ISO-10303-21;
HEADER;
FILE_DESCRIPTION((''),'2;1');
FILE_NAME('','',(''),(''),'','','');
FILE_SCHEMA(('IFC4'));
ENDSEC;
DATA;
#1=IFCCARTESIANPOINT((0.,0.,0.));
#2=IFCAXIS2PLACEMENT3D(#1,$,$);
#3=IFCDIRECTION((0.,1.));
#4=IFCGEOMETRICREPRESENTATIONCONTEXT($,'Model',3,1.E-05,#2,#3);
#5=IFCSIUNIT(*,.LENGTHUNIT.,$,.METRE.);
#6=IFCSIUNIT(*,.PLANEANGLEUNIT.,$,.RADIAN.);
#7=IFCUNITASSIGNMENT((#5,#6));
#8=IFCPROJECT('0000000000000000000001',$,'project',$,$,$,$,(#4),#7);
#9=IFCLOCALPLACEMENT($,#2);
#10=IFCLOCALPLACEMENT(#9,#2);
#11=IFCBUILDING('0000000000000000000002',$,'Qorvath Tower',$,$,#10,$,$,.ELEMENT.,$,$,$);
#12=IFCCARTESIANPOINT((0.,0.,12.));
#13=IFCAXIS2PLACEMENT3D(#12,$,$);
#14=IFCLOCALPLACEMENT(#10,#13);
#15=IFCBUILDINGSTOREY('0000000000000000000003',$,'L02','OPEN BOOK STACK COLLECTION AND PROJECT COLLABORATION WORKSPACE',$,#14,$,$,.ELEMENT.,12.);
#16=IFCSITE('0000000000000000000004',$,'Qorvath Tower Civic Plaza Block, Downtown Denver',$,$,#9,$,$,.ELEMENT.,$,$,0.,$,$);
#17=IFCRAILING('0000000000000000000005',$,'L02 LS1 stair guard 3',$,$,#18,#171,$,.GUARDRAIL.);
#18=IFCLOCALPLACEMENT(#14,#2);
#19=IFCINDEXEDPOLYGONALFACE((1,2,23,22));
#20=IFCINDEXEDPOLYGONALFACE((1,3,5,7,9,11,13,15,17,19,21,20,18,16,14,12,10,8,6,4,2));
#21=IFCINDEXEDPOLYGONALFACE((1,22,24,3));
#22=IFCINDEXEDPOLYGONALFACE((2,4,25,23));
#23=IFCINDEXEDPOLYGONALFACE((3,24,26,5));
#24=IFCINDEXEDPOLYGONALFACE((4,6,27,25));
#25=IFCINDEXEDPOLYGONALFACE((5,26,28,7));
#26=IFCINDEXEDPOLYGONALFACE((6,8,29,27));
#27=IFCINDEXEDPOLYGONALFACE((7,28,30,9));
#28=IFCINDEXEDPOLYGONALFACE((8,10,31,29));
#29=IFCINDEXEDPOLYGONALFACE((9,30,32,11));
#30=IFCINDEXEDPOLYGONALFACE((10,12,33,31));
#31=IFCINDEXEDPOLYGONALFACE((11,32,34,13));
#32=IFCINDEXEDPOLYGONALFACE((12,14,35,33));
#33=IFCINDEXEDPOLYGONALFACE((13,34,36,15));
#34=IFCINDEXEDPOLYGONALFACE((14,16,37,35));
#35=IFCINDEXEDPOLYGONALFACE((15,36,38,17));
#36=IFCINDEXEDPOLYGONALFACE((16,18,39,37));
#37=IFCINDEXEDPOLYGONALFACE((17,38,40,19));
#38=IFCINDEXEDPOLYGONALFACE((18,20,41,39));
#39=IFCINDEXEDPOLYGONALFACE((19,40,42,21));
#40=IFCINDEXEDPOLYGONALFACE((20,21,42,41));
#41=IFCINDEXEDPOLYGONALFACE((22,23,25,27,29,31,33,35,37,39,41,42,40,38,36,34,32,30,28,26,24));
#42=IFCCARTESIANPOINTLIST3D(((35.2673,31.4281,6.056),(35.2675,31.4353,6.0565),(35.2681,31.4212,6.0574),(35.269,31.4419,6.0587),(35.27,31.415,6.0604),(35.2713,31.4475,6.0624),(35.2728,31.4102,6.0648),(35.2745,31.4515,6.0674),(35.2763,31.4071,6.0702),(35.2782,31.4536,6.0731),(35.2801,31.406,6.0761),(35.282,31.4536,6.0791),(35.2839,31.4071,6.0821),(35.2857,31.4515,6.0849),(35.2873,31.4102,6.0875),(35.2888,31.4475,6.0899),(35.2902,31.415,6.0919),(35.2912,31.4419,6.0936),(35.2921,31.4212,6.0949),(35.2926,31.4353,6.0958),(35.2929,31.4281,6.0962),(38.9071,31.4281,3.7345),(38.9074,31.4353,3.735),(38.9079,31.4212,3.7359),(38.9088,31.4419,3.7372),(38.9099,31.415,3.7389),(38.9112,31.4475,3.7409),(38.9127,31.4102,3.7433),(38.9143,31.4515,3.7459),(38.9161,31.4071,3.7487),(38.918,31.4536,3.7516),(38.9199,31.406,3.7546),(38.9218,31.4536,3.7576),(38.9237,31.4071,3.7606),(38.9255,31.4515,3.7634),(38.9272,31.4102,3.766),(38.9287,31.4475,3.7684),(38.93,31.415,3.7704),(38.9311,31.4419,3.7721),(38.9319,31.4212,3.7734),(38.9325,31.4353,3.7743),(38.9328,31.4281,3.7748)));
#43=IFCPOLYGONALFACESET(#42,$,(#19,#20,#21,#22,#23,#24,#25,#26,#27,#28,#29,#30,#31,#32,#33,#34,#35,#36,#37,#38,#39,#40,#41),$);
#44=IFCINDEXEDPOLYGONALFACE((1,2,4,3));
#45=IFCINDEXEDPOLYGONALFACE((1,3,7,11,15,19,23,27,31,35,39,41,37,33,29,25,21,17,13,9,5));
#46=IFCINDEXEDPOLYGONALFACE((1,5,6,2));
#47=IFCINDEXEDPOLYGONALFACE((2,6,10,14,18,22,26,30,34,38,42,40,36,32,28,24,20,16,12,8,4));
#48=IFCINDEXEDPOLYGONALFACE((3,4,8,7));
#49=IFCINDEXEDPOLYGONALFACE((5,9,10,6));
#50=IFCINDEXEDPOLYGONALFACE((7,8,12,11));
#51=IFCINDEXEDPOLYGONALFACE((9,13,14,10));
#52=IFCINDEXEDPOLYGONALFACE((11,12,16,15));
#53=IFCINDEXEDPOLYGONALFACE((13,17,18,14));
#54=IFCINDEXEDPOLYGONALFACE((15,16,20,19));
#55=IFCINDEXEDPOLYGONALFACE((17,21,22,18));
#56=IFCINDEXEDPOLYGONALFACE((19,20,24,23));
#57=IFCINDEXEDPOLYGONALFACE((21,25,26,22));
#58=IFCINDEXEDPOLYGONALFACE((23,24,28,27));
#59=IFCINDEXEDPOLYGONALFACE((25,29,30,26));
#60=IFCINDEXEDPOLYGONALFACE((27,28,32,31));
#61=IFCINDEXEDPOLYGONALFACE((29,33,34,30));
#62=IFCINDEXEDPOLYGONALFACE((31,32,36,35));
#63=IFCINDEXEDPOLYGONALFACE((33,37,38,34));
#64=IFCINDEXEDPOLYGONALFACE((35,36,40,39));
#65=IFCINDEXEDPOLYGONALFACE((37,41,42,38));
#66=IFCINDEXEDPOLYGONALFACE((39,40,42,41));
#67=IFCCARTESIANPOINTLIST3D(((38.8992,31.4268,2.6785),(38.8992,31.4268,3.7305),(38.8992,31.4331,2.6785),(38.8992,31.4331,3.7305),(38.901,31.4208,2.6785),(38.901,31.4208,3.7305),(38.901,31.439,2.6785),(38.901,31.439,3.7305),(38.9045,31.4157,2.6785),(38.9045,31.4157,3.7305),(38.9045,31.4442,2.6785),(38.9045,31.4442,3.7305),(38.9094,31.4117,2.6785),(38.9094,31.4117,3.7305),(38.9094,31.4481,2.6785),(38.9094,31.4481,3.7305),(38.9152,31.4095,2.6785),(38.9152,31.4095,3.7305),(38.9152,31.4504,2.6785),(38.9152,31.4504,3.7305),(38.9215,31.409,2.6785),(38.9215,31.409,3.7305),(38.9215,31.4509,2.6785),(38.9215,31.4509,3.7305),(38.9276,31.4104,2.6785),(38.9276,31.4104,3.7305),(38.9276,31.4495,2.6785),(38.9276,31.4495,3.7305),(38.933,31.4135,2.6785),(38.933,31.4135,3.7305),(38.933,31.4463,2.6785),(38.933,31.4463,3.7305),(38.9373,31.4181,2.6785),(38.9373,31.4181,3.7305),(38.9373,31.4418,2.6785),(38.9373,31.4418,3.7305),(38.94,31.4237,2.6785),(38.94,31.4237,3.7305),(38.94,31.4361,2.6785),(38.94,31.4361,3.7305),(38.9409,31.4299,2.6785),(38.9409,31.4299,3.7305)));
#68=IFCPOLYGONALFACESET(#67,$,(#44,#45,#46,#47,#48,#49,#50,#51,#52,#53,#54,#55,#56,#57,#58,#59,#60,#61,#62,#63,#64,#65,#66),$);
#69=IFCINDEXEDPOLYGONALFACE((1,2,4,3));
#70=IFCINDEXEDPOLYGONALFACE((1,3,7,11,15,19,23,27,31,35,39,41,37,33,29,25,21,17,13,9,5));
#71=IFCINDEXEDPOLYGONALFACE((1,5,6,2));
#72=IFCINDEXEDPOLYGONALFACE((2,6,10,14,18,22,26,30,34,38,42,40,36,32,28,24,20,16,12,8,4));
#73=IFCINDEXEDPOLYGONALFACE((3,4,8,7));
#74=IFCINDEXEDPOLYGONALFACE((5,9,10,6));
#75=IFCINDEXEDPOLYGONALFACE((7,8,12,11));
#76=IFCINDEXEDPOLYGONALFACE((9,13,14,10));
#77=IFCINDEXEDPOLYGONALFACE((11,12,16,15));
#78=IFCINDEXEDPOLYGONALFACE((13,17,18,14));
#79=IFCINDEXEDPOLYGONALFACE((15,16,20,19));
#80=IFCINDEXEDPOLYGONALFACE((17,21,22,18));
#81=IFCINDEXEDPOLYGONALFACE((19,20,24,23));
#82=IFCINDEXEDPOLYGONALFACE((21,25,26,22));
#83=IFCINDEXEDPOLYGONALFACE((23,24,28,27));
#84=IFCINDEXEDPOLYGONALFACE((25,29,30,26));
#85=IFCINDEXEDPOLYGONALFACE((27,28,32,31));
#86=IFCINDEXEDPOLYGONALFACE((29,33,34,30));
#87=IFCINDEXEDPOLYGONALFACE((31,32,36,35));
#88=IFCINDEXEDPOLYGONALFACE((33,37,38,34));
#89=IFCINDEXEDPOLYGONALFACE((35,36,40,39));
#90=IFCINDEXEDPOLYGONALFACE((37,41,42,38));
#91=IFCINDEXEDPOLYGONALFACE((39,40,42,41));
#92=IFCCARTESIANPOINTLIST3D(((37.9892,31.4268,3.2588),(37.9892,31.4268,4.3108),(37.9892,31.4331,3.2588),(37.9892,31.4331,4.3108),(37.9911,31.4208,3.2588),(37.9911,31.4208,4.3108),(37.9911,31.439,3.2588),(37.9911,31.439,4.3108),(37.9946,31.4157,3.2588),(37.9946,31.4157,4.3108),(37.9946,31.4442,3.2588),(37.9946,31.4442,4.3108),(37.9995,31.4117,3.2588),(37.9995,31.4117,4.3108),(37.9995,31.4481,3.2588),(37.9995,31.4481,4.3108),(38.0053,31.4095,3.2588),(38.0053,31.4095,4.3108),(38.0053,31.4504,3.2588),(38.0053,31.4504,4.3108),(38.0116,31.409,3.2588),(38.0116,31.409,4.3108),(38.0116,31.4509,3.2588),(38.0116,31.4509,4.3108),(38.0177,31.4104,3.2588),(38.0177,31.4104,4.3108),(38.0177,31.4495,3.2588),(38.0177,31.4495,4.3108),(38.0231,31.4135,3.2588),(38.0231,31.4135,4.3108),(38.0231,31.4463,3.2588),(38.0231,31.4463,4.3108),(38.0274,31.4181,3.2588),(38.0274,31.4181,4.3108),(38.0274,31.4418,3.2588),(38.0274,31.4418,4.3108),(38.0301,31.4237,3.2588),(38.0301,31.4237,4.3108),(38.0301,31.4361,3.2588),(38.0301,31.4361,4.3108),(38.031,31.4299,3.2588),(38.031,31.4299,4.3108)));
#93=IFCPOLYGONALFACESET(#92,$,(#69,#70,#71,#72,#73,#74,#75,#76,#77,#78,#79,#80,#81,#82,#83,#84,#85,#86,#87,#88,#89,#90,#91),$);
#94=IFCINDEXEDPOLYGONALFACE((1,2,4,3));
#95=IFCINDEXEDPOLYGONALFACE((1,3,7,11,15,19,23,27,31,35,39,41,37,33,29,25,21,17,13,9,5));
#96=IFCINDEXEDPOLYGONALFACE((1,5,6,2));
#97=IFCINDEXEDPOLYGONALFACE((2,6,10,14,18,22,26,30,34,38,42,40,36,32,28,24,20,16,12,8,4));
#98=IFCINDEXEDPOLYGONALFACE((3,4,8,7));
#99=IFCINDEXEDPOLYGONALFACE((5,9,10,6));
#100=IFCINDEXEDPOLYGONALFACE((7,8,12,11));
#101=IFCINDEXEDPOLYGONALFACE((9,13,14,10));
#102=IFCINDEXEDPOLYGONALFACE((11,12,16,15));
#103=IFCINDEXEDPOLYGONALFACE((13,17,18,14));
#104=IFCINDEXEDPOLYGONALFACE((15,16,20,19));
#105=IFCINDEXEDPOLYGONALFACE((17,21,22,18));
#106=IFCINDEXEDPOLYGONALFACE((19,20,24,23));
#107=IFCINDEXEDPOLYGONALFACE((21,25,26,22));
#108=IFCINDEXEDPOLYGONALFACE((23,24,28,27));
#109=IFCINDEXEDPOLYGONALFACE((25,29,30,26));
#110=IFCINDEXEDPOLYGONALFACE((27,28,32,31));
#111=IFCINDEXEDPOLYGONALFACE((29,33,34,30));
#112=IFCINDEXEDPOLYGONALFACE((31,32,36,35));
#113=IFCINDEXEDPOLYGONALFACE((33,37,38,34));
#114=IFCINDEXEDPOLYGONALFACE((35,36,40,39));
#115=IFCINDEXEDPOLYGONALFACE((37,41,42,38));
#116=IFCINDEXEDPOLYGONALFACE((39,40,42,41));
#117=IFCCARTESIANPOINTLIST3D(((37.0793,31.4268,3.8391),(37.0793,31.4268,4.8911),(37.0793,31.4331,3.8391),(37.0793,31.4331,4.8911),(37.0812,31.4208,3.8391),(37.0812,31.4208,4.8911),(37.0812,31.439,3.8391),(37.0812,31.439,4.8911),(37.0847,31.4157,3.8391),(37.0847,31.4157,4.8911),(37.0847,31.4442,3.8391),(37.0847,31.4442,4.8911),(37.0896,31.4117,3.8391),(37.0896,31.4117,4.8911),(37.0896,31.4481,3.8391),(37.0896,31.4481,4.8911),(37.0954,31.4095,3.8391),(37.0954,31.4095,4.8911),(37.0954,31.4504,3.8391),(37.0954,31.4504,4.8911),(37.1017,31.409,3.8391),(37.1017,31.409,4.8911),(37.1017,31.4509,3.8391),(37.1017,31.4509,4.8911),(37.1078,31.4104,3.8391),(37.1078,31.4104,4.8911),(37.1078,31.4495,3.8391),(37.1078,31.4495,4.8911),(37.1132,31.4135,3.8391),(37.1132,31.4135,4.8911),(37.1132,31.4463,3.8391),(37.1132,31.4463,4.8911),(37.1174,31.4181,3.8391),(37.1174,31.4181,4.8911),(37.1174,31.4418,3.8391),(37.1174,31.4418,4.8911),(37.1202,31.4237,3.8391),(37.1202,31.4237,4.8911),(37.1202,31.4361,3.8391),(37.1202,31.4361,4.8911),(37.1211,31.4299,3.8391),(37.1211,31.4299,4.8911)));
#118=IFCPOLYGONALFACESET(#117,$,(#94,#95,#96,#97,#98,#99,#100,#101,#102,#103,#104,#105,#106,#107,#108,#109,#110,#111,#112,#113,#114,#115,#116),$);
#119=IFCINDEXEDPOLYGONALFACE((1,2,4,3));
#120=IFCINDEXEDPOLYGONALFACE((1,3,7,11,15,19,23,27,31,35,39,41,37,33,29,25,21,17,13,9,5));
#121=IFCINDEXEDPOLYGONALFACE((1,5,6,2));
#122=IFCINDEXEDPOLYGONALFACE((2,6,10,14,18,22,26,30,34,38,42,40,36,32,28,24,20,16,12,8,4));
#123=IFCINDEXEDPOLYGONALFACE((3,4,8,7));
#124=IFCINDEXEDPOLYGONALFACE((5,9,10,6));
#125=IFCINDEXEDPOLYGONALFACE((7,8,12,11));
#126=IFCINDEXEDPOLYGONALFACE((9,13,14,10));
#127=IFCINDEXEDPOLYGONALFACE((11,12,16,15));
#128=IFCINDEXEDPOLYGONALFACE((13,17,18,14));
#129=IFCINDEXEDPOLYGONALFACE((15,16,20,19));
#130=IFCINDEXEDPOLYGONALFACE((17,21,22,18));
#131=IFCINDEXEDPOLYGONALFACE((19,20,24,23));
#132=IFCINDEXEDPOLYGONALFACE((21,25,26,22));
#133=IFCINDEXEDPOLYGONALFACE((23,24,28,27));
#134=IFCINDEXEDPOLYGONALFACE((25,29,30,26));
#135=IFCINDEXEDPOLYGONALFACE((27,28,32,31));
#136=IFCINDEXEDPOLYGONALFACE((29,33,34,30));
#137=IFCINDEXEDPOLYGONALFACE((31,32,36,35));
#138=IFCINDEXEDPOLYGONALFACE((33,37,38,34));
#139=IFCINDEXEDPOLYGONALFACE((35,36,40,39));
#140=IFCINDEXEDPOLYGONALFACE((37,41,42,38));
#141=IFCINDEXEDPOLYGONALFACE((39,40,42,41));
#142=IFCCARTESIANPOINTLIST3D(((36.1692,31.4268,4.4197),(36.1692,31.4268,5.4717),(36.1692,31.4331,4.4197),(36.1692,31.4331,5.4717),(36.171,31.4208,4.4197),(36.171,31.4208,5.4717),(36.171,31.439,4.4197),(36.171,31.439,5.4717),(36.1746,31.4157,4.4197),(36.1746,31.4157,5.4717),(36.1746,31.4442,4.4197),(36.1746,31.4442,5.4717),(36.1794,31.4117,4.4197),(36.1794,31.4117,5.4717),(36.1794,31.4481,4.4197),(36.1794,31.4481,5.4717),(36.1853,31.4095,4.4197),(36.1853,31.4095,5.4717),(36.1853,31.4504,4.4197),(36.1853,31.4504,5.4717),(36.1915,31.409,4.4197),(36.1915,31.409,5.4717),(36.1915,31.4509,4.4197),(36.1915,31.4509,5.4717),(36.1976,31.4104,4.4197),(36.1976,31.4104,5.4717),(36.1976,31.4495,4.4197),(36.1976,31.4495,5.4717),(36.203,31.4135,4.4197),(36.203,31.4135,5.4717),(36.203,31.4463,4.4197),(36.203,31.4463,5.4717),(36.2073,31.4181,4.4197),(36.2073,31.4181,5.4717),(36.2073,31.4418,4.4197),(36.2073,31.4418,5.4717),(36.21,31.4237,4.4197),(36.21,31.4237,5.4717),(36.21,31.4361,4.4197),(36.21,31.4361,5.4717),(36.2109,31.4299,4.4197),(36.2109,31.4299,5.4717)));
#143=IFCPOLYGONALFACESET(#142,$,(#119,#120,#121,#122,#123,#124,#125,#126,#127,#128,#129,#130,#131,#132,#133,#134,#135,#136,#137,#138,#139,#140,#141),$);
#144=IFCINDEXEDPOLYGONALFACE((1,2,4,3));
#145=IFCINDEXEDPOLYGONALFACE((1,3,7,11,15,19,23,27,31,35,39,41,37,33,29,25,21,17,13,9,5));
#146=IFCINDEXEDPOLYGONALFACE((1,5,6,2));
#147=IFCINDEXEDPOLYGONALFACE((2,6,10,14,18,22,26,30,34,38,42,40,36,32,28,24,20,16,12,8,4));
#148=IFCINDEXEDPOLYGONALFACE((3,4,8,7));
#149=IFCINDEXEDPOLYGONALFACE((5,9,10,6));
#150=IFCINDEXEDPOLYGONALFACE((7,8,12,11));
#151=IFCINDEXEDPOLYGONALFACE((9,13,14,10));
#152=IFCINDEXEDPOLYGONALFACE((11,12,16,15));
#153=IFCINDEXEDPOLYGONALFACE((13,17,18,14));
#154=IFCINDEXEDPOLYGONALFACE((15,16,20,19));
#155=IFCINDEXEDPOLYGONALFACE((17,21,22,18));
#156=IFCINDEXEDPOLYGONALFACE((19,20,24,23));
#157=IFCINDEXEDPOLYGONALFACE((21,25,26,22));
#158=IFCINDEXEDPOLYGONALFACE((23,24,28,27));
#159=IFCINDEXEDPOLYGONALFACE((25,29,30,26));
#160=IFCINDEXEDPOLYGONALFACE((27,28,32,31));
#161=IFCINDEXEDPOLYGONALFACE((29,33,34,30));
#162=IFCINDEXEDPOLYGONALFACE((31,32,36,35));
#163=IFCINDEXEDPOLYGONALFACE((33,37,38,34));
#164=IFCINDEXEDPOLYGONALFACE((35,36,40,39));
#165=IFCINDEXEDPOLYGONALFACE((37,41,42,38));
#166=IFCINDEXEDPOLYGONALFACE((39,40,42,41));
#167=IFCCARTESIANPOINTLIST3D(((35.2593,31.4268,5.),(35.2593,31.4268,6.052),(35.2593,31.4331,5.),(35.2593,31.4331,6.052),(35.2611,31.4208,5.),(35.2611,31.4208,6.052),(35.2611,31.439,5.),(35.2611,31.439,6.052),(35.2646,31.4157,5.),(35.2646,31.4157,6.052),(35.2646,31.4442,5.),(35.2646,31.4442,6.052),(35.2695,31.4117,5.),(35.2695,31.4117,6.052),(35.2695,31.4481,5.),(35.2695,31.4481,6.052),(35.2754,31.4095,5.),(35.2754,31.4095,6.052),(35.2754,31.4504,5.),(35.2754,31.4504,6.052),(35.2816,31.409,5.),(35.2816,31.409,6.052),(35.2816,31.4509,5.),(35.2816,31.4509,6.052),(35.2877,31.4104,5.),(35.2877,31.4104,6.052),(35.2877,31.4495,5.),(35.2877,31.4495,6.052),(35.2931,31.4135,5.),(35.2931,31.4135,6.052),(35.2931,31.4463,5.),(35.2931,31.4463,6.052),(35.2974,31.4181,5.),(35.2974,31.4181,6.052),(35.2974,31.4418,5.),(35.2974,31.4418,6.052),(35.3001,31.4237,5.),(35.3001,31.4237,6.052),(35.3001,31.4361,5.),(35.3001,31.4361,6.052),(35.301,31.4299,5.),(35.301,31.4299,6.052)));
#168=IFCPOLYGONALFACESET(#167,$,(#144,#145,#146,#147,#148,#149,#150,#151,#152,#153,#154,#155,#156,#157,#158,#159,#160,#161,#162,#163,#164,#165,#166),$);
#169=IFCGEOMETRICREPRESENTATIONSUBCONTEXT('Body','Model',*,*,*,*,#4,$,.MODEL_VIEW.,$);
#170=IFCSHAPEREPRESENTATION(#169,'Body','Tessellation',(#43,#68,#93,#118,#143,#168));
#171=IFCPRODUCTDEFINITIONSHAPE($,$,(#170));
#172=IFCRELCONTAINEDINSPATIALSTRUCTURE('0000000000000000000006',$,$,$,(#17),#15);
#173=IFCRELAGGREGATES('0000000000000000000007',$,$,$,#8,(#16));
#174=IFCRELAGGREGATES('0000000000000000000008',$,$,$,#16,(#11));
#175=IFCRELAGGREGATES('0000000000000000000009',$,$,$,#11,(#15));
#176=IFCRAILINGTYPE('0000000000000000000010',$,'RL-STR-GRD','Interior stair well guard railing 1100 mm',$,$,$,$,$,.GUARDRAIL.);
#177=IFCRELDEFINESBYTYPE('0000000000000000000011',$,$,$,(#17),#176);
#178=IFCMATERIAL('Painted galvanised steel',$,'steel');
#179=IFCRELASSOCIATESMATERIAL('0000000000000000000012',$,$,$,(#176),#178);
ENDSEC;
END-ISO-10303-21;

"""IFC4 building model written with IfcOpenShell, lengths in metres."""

from ifc_helpers import new_model, si_unit, direction, frame, origin, origin_2d, place, context, subcontext, project, spatial, circle, extrude, material, type_object, element, save


model = new_model("IFC4")

# Units and contexts
model_context = context("Model", 3, precision=1e-05, world=origin(), true_north=direction((0.0, 1.0)))
body_context = subcontext(model_context, "Body", "Model", "MODEL_VIEW")
ifc_project = project(units=[si_unit("LENGTHUNIT", "METRE"), si_unit("PLANEANGLEUNIT", "RADIAN")], contexts=[model_context])

# Site, building, storey
site_placement = place(None, origin())
site = spatial("IfcSite", under=ifc_project, at=site_placement, Name="Qorvath Tower Civic Plaza Block, Downtown Denver", CompositionType="ELEMENT", RefElevation=0.0)
building_placement = place(site_placement, origin())
building = spatial("IfcBuilding", under=site, at=building_placement, Name="Qorvath Tower", CompositionType="ELEMENT")
storey_placement = place(building_placement, frame((0.0, 0.0, 12.0)))
storey = spatial("IfcBuildingStorey", under=building, at=storey_placement, Name="L02", Description="OPEN BOOK STACK COLLECTION AND PROJECT COLLABORATION WORKSPACE", CompositionType="ELEMENT", Elevation=12.0)

# Railing
ifc_material_1 = material(Name="Painted galvanised steel", Category="steel")
railing_type_1 = type_object("IfcRailingType", Name="RL-STR-GRD", Description="Interior stair well guard railing 1100 mm", PredefinedType="GUARDRAIL", material=ifc_material_1)
railing_1_placement = place(storey_placement, frame((38.9199, 31.4299, 2.6785)))
element("IfcRailing", 1, at=railing_1_placement, inside=storey, type_object=railing_type_1, Name="L02 LS1 stair guard 3", PredefinedType="GUARDRAIL", context=body_context, shape_type="SweptSolid", body=[
    extrude(circle(Radius=0.0239, at=origin_2d()), frame((0.0, 0.0, 1.0762), z_axis=(-0.843112, 0.0, 0.537739), x_axis=(0.0, -1.0, 0.0)), (0.0, 0.0, 1.0), 4.3171),
    extrude(circle(Radius=0.021, at=origin_2d()), origin(), (0.0, 0.0, 1.0), 1.052),
    extrude(circle(Radius=0.021, at=origin_2d()), frame((-0.9099, 0.0, 0.5803)), (0.0, 0.0, 1.0), 1.052),
    extrude(circle(Radius=0.021, at=origin_2d()), frame((-1.8198, 0.0, 1.1606)), (0.0, 0.0, 1.0), 1.052),
    extrude(circle(Radius=0.021, at=origin_2d()), frame((-2.73, 0.0, 1.7412)), (0.0, 0.0, 1.0), 1.052),
    extrude(circle(Radius=0.021, at=origin_2d()), frame((-3.6399, 0.0, 2.3215)), (0.0, 0.0, 1.0), 1.052),
])

save(model, "model.ifc")
